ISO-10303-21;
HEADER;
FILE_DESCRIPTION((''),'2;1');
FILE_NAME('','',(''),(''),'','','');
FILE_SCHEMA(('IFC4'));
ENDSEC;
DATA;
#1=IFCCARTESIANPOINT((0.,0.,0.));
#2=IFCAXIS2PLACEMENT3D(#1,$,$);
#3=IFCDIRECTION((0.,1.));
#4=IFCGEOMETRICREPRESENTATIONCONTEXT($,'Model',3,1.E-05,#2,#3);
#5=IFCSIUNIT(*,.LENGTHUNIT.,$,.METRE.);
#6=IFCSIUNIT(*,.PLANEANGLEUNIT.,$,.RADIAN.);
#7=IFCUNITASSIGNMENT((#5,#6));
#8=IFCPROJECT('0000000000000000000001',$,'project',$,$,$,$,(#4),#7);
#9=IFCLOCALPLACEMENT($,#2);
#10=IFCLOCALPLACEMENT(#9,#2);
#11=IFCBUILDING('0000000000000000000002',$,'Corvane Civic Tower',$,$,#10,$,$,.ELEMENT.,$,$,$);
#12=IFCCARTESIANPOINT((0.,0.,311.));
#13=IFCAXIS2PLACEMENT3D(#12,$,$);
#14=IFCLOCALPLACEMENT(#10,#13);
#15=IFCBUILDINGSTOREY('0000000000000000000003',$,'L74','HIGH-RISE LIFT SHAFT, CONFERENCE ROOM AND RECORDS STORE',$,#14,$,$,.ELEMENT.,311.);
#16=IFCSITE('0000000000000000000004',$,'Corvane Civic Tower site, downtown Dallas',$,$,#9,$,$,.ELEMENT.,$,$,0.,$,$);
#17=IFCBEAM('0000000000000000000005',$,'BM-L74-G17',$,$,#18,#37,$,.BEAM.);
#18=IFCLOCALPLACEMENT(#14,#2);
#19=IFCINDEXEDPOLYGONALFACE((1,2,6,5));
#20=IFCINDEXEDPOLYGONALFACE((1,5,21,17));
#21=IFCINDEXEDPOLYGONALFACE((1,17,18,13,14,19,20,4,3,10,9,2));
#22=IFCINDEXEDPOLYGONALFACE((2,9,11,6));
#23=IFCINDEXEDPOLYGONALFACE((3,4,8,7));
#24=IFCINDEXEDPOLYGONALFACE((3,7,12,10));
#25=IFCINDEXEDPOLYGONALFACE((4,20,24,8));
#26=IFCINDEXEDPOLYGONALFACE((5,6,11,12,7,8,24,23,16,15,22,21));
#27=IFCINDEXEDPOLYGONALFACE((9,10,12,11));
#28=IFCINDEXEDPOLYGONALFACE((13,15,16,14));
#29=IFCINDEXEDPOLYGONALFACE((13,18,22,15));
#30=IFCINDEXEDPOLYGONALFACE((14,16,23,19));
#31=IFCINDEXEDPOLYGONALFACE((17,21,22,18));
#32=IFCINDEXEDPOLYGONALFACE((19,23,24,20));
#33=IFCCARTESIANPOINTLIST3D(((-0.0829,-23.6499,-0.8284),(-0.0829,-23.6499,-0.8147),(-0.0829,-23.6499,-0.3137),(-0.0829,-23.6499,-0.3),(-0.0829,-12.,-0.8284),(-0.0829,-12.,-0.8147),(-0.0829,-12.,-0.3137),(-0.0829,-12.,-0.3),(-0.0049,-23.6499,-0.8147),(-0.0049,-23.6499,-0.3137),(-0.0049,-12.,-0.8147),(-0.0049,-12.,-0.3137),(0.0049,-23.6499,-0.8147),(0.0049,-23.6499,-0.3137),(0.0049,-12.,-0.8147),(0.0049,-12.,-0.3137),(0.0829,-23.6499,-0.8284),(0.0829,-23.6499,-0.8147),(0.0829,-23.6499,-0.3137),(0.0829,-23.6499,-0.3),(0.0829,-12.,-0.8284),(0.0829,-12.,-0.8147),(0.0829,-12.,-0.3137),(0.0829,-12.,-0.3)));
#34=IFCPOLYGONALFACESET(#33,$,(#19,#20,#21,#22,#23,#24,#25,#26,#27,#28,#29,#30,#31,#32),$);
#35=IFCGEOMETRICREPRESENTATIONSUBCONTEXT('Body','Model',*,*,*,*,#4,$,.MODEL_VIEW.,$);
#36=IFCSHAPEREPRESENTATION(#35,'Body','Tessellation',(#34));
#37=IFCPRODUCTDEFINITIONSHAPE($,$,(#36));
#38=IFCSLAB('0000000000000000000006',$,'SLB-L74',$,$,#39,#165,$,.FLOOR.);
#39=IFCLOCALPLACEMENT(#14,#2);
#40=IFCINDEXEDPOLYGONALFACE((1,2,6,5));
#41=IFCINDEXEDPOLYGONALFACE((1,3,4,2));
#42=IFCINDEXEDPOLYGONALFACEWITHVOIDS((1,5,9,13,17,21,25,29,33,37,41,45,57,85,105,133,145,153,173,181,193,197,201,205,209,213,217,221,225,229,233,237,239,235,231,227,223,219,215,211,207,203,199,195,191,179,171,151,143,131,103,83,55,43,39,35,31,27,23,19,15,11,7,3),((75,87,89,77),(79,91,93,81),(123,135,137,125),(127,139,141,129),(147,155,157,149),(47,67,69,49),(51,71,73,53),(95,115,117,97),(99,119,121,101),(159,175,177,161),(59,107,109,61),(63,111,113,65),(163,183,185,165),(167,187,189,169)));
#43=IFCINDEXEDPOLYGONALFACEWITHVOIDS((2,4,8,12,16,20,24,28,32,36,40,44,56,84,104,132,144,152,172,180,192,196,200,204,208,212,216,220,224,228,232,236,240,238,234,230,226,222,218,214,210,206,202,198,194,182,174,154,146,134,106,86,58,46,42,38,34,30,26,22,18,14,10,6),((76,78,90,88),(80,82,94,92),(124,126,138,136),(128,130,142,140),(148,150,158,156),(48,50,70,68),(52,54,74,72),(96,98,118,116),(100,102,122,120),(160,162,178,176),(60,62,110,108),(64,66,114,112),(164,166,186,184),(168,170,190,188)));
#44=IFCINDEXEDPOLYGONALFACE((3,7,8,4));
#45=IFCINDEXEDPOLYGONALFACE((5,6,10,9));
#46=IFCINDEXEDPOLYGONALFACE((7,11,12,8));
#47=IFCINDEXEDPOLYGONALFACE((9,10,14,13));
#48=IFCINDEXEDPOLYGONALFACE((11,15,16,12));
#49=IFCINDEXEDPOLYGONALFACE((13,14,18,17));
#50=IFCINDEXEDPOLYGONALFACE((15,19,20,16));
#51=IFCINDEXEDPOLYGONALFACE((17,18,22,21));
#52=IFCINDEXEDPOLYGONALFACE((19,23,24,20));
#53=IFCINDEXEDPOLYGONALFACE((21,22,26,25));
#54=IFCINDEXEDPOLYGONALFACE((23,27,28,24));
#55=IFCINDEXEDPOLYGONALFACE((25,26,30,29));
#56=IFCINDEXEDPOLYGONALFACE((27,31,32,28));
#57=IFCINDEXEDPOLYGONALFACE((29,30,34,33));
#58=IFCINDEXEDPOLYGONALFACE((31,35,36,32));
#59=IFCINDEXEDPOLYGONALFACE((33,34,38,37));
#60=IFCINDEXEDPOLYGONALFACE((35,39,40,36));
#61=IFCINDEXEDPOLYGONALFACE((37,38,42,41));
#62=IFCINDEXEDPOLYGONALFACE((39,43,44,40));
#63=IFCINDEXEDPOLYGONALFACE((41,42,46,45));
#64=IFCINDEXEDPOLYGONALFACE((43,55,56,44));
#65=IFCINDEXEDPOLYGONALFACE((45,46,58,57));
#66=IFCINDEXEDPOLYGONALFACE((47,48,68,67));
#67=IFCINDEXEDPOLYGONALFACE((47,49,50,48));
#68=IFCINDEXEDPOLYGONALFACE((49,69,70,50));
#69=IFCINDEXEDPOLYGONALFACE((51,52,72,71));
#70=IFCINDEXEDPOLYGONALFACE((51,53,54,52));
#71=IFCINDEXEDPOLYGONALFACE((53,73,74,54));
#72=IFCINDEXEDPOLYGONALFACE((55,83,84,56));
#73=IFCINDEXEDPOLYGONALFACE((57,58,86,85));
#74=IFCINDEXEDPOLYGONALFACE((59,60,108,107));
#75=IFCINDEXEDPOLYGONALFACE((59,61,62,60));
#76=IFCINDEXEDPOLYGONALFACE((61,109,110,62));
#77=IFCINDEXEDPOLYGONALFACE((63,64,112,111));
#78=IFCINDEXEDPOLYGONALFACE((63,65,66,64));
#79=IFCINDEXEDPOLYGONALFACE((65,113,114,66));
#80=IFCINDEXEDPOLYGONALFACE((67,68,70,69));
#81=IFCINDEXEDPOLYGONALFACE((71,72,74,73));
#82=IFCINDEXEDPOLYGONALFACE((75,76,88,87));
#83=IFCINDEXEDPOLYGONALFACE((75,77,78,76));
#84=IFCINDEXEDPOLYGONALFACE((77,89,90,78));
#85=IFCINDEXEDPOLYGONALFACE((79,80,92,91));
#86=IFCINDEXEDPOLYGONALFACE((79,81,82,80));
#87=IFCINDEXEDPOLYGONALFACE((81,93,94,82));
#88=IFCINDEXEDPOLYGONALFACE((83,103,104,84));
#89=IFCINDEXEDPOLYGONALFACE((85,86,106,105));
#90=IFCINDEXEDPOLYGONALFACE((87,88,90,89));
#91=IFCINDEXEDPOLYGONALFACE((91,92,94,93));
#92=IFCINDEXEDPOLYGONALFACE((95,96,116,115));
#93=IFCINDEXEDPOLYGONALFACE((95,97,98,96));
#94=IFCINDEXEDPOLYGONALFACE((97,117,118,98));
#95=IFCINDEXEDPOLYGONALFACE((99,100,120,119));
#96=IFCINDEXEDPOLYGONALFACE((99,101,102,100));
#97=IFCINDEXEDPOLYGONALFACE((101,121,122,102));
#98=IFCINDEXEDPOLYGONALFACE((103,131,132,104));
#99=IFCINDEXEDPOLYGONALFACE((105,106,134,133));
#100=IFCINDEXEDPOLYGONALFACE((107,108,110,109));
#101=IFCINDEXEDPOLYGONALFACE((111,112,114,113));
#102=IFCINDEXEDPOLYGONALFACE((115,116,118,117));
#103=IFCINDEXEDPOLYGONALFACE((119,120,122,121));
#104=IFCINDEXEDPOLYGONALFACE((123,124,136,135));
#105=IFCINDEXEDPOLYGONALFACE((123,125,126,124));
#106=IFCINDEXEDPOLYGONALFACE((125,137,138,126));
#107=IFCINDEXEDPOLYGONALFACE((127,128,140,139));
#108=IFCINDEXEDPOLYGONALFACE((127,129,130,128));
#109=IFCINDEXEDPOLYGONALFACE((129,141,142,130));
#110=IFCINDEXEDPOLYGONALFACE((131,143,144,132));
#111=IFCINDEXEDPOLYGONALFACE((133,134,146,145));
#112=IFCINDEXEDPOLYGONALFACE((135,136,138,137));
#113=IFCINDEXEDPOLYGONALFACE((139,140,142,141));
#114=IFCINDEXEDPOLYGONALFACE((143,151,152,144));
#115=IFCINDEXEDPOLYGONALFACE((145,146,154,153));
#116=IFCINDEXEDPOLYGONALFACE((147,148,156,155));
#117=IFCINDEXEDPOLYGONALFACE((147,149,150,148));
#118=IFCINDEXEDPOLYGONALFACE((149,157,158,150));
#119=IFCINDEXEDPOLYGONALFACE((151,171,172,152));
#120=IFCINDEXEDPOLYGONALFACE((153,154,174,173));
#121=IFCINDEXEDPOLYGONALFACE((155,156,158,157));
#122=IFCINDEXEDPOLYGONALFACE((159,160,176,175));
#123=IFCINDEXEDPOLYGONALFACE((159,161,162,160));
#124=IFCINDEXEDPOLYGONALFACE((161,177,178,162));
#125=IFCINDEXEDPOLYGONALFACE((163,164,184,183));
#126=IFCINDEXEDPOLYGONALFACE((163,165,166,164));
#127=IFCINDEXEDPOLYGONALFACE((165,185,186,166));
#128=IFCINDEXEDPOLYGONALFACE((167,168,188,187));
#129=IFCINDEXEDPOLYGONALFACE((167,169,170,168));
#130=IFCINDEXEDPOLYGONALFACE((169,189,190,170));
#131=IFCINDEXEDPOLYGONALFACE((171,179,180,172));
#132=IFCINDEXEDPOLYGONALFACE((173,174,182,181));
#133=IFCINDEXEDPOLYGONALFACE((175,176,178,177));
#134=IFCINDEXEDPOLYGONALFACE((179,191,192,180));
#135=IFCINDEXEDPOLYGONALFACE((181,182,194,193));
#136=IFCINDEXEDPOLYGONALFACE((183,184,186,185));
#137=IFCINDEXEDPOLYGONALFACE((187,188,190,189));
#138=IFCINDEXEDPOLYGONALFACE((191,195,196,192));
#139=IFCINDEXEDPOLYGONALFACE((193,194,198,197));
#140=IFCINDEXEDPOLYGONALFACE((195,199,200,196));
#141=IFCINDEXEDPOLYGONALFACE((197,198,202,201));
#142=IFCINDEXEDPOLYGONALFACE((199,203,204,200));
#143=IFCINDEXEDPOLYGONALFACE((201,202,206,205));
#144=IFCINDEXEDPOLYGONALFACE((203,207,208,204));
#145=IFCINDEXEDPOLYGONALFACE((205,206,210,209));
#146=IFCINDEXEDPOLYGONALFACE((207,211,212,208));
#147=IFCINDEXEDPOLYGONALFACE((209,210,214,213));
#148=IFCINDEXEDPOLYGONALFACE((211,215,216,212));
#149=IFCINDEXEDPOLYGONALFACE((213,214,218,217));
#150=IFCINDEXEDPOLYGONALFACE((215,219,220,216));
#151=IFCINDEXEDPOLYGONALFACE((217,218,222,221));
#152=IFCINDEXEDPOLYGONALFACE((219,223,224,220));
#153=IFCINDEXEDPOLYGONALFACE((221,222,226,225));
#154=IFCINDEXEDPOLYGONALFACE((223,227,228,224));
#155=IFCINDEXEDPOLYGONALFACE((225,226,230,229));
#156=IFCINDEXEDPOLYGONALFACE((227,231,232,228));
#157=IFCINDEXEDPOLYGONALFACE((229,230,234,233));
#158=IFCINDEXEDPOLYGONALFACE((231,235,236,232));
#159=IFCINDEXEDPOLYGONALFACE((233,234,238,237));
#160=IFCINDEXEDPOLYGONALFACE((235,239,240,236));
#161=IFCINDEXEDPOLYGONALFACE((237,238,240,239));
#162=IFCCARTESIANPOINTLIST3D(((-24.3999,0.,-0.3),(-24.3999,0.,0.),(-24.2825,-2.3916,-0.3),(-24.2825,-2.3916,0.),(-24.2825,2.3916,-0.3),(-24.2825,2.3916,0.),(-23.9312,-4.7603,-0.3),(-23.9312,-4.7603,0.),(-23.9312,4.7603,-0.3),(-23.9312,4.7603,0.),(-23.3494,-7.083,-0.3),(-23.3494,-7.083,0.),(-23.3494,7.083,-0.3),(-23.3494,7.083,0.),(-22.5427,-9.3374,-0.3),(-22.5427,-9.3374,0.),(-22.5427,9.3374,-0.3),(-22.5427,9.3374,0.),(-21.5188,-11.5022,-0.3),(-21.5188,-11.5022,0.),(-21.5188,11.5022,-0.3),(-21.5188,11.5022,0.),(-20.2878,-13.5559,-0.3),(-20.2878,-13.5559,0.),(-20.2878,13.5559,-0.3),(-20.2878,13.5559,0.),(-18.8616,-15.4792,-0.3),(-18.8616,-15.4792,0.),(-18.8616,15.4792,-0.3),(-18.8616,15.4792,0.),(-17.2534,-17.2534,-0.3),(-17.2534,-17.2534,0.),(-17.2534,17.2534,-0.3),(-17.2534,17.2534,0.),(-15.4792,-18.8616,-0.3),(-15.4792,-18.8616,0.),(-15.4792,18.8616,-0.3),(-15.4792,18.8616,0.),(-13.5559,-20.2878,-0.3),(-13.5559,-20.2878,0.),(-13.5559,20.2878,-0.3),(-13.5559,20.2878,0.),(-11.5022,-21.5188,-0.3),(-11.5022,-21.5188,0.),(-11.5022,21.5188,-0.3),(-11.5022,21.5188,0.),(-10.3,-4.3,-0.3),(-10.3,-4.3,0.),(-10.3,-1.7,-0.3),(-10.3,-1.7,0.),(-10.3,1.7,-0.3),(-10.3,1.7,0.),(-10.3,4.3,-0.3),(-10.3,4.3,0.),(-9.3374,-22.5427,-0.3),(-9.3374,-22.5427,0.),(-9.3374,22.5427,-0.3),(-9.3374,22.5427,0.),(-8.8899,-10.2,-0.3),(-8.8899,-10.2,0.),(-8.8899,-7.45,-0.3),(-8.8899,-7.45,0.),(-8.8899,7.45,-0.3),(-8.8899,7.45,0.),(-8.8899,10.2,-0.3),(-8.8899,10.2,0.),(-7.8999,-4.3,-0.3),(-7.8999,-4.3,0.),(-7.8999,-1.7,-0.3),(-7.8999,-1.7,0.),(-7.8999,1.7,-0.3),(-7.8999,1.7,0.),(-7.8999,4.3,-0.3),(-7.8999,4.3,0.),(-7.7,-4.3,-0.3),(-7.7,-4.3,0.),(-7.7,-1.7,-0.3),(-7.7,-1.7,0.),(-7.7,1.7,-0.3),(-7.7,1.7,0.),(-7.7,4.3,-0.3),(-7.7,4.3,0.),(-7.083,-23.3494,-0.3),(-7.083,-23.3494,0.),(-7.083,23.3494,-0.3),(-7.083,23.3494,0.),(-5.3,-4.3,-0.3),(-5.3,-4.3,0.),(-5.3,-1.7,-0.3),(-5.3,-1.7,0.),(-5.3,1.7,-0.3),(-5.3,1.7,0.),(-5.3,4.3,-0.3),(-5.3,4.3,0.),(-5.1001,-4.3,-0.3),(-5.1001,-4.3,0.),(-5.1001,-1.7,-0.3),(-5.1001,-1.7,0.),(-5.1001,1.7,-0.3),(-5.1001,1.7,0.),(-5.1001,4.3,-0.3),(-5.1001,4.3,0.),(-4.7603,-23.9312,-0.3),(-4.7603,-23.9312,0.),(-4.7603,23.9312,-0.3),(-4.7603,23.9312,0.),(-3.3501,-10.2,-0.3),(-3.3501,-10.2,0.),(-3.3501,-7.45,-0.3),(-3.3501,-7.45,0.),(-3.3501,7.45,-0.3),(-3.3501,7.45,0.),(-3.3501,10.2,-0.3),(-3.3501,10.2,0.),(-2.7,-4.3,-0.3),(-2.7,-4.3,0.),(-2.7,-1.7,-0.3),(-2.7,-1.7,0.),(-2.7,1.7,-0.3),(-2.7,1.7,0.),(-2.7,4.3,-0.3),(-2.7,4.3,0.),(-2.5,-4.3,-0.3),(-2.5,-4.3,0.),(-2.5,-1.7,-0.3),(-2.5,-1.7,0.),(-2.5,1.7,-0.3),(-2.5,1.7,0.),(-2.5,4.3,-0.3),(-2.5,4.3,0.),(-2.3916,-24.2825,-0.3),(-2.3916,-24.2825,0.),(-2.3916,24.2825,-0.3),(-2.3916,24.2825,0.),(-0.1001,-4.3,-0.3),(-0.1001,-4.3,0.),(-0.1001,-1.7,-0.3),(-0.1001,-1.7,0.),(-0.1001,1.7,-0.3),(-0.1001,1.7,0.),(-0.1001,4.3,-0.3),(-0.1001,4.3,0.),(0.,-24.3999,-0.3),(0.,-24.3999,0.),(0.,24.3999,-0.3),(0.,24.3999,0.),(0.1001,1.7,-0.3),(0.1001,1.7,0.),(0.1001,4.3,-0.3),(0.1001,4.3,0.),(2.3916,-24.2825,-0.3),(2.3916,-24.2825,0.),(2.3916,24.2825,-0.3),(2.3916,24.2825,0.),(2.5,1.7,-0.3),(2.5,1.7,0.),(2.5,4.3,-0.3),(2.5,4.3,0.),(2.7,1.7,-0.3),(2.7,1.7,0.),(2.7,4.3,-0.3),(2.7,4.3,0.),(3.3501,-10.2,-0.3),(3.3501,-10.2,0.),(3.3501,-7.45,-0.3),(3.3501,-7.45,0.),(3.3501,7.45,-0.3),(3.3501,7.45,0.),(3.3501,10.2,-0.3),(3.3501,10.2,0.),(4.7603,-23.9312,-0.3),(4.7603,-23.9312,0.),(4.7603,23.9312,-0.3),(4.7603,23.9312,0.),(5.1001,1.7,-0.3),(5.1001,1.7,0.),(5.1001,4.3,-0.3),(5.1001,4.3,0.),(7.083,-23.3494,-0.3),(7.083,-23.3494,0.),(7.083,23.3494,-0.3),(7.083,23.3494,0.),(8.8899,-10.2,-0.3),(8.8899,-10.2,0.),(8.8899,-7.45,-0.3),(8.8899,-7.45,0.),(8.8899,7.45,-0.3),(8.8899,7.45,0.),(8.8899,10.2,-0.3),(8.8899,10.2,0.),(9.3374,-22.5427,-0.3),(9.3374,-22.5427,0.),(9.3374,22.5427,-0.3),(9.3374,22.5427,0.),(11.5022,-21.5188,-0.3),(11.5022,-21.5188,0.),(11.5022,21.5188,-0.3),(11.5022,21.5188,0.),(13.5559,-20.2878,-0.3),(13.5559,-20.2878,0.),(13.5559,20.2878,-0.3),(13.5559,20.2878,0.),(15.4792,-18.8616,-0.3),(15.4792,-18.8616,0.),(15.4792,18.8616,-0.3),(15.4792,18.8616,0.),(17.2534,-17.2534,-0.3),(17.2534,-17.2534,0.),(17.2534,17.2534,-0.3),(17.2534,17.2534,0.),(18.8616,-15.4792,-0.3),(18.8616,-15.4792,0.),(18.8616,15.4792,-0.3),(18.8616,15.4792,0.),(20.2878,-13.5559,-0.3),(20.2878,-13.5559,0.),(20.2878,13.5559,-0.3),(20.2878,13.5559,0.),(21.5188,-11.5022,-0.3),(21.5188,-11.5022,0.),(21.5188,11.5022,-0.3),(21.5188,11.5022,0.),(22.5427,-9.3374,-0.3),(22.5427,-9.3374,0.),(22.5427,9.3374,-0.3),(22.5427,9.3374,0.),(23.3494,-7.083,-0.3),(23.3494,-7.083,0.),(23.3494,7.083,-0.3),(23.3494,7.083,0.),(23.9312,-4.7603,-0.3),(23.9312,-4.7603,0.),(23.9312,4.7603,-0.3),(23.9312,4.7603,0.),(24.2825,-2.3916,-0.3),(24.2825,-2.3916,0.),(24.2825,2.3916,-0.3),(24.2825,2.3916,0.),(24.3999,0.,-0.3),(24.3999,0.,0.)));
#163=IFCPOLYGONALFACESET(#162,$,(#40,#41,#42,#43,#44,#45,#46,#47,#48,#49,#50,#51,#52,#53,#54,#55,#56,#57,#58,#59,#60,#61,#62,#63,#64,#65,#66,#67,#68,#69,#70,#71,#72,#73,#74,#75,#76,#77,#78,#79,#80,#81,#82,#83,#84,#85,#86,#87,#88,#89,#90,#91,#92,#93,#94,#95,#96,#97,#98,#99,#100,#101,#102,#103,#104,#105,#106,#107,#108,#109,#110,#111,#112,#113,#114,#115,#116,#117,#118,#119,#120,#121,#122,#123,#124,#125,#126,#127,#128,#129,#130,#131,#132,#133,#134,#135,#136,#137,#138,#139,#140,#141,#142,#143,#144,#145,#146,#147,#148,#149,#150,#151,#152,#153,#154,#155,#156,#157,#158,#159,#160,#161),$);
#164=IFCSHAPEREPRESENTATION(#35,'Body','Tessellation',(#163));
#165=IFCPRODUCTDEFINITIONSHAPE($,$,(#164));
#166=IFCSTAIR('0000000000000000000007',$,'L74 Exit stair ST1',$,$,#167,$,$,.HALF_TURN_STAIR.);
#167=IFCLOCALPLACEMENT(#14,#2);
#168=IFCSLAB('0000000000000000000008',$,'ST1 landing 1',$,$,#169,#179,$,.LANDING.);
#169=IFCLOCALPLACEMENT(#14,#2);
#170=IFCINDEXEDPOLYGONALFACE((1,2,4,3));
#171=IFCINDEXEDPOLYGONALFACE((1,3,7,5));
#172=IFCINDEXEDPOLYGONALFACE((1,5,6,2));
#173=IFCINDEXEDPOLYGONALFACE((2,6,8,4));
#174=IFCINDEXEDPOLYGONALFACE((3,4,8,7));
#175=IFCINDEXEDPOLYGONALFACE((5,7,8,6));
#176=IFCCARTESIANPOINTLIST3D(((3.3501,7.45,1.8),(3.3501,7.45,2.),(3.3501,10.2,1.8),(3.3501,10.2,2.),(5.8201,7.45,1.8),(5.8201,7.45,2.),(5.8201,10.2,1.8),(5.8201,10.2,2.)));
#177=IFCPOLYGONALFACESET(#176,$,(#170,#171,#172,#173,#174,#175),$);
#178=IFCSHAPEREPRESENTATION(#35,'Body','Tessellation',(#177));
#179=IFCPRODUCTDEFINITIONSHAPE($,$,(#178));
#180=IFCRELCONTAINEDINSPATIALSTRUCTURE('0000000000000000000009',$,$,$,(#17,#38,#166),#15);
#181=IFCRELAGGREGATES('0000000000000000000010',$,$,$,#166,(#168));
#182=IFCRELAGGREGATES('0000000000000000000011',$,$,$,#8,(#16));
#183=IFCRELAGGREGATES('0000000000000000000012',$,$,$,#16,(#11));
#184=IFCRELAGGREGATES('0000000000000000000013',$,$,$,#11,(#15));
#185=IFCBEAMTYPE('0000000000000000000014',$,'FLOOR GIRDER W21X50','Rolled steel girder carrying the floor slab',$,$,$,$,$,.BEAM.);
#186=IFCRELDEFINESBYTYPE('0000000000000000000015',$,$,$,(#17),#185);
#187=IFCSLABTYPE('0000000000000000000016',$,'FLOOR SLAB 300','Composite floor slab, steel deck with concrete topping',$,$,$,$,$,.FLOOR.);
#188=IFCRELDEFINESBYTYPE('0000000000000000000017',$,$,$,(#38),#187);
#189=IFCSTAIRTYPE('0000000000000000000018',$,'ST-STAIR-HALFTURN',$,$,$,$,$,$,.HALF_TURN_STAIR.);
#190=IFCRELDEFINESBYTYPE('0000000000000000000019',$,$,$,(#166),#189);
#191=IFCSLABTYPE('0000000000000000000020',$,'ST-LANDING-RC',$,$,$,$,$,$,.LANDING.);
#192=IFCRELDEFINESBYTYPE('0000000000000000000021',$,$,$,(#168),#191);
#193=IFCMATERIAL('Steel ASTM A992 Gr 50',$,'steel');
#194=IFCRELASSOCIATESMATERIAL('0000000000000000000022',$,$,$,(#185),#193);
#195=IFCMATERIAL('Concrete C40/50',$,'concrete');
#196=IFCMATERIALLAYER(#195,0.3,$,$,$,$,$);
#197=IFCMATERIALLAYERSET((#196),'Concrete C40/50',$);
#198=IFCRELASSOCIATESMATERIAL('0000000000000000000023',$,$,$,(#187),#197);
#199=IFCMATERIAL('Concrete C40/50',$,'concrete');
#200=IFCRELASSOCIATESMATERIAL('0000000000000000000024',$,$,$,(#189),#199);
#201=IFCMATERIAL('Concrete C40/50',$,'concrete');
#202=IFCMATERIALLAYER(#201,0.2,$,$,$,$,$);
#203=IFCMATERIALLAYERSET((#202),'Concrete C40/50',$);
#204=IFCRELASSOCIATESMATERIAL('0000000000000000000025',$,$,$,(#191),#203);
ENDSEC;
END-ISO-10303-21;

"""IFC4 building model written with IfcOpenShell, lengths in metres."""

from ifc_helpers import new_model, si_unit, direction, frame, origin, origin_2d, place, context, subcontext, project, spatial, polyline, i_section, outline, extrude, material, layer, layer_set, material_profile, profile_set, type_object, element, aggregate, save


model = new_model("IFC4")

# Units and contexts
model_context = context("Model", 3, precision=1e-05, world=origin(), true_north=direction((0.0, 1.0)))
body_context = subcontext(model_context, "Body", "Model", "MODEL_VIEW")
ifc_project = project(units=[si_unit("LENGTHUNIT", "METRE"), si_unit("PLANEANGLEUNIT", "RADIAN")], contexts=[model_context])

# Site, building, storey
site_placement = place(None, origin())
site = spatial("IfcSite", under=ifc_project, at=site_placement, Name="Corvane Civic Tower site, downtown Dallas", CompositionType="ELEMENT", RefElevation=0.0)
building_placement = place(site_placement, origin())
building = spatial("IfcBuilding", under=site, at=building_placement, Name="Corvane Civic Tower", CompositionType="ELEMENT")
storey_placement = place(building_placement, frame((0.0, 0.0, 311.0)))
storey = spatial("IfcBuildingStorey", under=building, at=storey_placement, Name="L74", Description="HIGH-RISE LIFT SHAFT, CONFERENCE ROOM AND RECORDS STORE", CompositionType="ELEMENT", Elevation=311.0)

# Beam
ifc_material_1 = material(Name="Steel ASTM A992 Gr 50", Category="steel")
ifc_material_profile = material_profile(ifc_material_1, i_section(OverallWidth=0.1658, OverallDepth=0.5283, WebThickness=0.0098, FlangeThickness=0.0137, at=origin_2d()), Name="W21X50")
ifc_profile_set = profile_set([ifc_material_profile], Name="Steel ASTM A992 Gr 50")
beam_type = type_object("IfcBeamType", Name="FLOOR GIRDER W21X50", Description="Rolled steel girder carrying the floor slab", PredefinedType="BEAM", material=ifc_profile_set)
beam_placement = place(storey_placement, frame((0.0, -12.0, -0.5642), z_axis=(0.0, -1.0, 0.0), x_axis=(1.0, 0.0, 0.0)))
element("IfcBeam", 1, at=beam_placement, inside=storey, type_object=beam_type, Name="BM-L74-G17", PredefinedType="BEAM", context=body_context, shape_type="SweptSolid", body=[
    extrude(i_section(OverallWidth=0.1658, OverallDepth=0.5283, WebThickness=0.0098, FlangeThickness=0.0137, at=origin_2d()), origin(), (0.0, 0.0, 1.0), 11.6499),
])

# Slab
ifc_material_2 = material(Name="Concrete C40/50", Category="concrete")
ifc_layer_1 = layer(ifc_material_2, 0.3)
ifc_layer_set_1 = layer_set([ifc_layer_1], Name="Concrete C40/50")
slab_type_1 = type_object("IfcSlabType", Name="FLOOR SLAB 300", Description="Composite floor slab, steel deck with concrete topping", PredefinedType="FLOOR", material=ifc_layer_set_1)
slab_1_placement = place(storey_placement, frame((0.0, 0.0, -0.3)))
element("IfcSlab", 2, at=slab_1_placement, inside=storey, type_object=slab_type_1, Name="SLB-L74", PredefinedType="FLOOR", context=body_context, shape_type="SweptSolid", body=[
    extrude(outline(polyline([(0.0, 24.3999), (-2.3916, 24.2825), (-4.7603, 23.9312), (-7.083, 23.3494), (-9.3374, 22.5427), (-11.5022, 21.5188), (-13.5559, 20.2878), (-15.4792, 18.8616), (-17.2534, 17.2534), (-18.8616, 15.4792), (-20.2878, 13.5559), (-21.5188, 11.5022), (-22.5427, 9.3374), (-23.3494, 7.083), (-23.9312, 4.7603), (-24.2825, 2.3916), (-24.3999, 0.0), (-24.2825, -2.3916), (-23.9312, -4.7603), (-23.3494, -7.083), (-22.5427, -9.3374), (-21.5188, -11.5022), (-20.2878, -13.5559), (-18.8616, -15.4792), (-17.2534, -17.2534), (-15.4792, -18.8616), (-13.5559, -20.2878), (-11.5022, -21.5188), (-9.3374, -22.5427), (-7.083, -23.3494), (-4.7603, -23.9312), (-2.3916, -24.2825), (0.0, -24.3999), (2.3916, -24.2825), (4.7603, -23.9312), (7.083, -23.3494), (9.3374, -22.5427), (11.5022, -21.5188), (13.5559, -20.2878), (15.4792, -18.8616), (17.2534, -17.2534), (18.8616, -15.4792), (20.2878, -13.5559), (21.5188, -11.5022), (22.5427, -9.3374), (23.3494, -7.083), (23.9312, -4.7603), (24.2825, -2.3916), (24.3999, 0.0), (24.2825, 2.3916), (23.9312, 4.7603), (23.3494, 7.083), (22.5427, 9.3374), (21.5188, 11.5022), (20.2878, 13.5559), (18.8616, 15.4792), (17.2534, 17.2534), (15.4792, 18.8616), (13.5559, 20.2878), (11.5022, 21.5188), (9.3374, 22.5427), (7.083, 23.3494), (4.7603, 23.9312), (2.3916, 24.2825), (0.0, 24.3999)]), holes=[polyline([(-7.8999, 1.7), (-10.3, 1.7), (-10.3, 4.3), (-7.8999, 4.3), (-7.8999, 1.7)]), polyline([(-5.3, 1.7), (-7.7, 1.7), (-7.7, 4.3), (-5.3, 4.3), (-5.3, 1.7)]), polyline([(-2.7, 4.3), (-2.7, 1.7), (-5.1001, 1.7), (-5.1001, 4.3), (-2.7, 4.3)]), polyline([(-0.1001, 4.3), (-0.1001, 1.7), (-2.5, 1.7), (-2.5, 4.3), (-0.1001, 4.3)]), polyline([(2.5, 4.3), (2.5, 1.7), (0.1001, 1.7), (0.1001, 4.3), (2.5, 4.3)]), polyline([(5.1001, 4.3), (5.1001, 1.7), (2.7, 1.7), (2.7, 4.3), (5.1001, 4.3)]), polyline([(-10.3, -4.3), (-10.3, -1.7), (-7.8999, -1.7), (-7.8999, -4.3), (-10.3, -4.3)]), polyline([(-7.7, -4.3), (-7.7, -1.7), (-5.3, -1.7), (-5.3, -4.3), (-7.7, -4.3)]), polyline([(-2.7, -1.7), (-2.7, -4.3), (-5.1001, -4.3), (-5.1001, -1.7), (-2.7, -1.7)]), polyline([(-2.5, -4.3), (-2.5, -1.7), (-0.1001, -1.7), (-0.1001, -4.3), (-2.5, -4.3)]), polyline([(8.8899, 10.2), (8.8899, 7.45), (3.3501, 7.45), (3.3501, 10.2), (8.8899, 10.2)]), polyline([(-8.8899, 7.45), (-8.8899, 10.2), (-3.3501, 10.2), (-3.3501, 7.45), (-8.8899, 7.45)]), polyline([(8.8899, -7.45), (8.8899, -10.2), (3.3501, -10.2), (3.3501, -7.45), (8.8899, -7.45)]), polyline([(-8.8899, -10.2), (-8.8899, -7.45), (-3.3501, -7.45), (-3.3501, -10.2), (-8.8899, -10.2)])]), origin(), (0.0, 0.0, 1.0), 0.3),
])

# Stair, slab
ifc_material_3 = material(Name="Concrete C40/50", Category="concrete")
stair_type = type_object("IfcStairType", Name="ST-STAIR-HALFTURN", PredefinedType="HALF_TURN_STAIR", material=ifc_material_3)
stair_1_placement = place(storey_placement, origin())
stair_1 = element("IfcStair", 3, at=stair_1_placement, inside=storey, type_object=stair_type, Name="L74 Exit stair ST1", PredefinedType="HALF_TURN_STAIR")
ifc_material_4 = material(Name="Concrete C40/50", Category="concrete")
ifc_layer_2 = layer(ifc_material_4, 0.2)
ifc_layer_set_2 = layer_set([ifc_layer_2], Name="Concrete C40/50")
slab_type_2 = type_object("IfcSlabType", Name="ST-LANDING-RC", PredefinedType="LANDING", material=ifc_layer_set_2)
slab_2_placement = place(storey_placement, frame((0.0, 0.0, 1.8)))
slab_2 = element("IfcSlab", 4, at=slab_2_placement, type_object=slab_type_2, Name="ST1 landing 1", PredefinedType="LANDING", context=body_context, shape_type="SweptSolid", body=[
    extrude(outline(polyline([(5.8201, 10.2), (3.3501, 10.2), (3.3501, 7.45), (5.8201, 7.45), (5.8201, 10.2)])), origin(), (0.0, 0.0, 1.0), 0.2),
])
aggregate(stair_1, [slab_2])

save(model, "model.ifc")
